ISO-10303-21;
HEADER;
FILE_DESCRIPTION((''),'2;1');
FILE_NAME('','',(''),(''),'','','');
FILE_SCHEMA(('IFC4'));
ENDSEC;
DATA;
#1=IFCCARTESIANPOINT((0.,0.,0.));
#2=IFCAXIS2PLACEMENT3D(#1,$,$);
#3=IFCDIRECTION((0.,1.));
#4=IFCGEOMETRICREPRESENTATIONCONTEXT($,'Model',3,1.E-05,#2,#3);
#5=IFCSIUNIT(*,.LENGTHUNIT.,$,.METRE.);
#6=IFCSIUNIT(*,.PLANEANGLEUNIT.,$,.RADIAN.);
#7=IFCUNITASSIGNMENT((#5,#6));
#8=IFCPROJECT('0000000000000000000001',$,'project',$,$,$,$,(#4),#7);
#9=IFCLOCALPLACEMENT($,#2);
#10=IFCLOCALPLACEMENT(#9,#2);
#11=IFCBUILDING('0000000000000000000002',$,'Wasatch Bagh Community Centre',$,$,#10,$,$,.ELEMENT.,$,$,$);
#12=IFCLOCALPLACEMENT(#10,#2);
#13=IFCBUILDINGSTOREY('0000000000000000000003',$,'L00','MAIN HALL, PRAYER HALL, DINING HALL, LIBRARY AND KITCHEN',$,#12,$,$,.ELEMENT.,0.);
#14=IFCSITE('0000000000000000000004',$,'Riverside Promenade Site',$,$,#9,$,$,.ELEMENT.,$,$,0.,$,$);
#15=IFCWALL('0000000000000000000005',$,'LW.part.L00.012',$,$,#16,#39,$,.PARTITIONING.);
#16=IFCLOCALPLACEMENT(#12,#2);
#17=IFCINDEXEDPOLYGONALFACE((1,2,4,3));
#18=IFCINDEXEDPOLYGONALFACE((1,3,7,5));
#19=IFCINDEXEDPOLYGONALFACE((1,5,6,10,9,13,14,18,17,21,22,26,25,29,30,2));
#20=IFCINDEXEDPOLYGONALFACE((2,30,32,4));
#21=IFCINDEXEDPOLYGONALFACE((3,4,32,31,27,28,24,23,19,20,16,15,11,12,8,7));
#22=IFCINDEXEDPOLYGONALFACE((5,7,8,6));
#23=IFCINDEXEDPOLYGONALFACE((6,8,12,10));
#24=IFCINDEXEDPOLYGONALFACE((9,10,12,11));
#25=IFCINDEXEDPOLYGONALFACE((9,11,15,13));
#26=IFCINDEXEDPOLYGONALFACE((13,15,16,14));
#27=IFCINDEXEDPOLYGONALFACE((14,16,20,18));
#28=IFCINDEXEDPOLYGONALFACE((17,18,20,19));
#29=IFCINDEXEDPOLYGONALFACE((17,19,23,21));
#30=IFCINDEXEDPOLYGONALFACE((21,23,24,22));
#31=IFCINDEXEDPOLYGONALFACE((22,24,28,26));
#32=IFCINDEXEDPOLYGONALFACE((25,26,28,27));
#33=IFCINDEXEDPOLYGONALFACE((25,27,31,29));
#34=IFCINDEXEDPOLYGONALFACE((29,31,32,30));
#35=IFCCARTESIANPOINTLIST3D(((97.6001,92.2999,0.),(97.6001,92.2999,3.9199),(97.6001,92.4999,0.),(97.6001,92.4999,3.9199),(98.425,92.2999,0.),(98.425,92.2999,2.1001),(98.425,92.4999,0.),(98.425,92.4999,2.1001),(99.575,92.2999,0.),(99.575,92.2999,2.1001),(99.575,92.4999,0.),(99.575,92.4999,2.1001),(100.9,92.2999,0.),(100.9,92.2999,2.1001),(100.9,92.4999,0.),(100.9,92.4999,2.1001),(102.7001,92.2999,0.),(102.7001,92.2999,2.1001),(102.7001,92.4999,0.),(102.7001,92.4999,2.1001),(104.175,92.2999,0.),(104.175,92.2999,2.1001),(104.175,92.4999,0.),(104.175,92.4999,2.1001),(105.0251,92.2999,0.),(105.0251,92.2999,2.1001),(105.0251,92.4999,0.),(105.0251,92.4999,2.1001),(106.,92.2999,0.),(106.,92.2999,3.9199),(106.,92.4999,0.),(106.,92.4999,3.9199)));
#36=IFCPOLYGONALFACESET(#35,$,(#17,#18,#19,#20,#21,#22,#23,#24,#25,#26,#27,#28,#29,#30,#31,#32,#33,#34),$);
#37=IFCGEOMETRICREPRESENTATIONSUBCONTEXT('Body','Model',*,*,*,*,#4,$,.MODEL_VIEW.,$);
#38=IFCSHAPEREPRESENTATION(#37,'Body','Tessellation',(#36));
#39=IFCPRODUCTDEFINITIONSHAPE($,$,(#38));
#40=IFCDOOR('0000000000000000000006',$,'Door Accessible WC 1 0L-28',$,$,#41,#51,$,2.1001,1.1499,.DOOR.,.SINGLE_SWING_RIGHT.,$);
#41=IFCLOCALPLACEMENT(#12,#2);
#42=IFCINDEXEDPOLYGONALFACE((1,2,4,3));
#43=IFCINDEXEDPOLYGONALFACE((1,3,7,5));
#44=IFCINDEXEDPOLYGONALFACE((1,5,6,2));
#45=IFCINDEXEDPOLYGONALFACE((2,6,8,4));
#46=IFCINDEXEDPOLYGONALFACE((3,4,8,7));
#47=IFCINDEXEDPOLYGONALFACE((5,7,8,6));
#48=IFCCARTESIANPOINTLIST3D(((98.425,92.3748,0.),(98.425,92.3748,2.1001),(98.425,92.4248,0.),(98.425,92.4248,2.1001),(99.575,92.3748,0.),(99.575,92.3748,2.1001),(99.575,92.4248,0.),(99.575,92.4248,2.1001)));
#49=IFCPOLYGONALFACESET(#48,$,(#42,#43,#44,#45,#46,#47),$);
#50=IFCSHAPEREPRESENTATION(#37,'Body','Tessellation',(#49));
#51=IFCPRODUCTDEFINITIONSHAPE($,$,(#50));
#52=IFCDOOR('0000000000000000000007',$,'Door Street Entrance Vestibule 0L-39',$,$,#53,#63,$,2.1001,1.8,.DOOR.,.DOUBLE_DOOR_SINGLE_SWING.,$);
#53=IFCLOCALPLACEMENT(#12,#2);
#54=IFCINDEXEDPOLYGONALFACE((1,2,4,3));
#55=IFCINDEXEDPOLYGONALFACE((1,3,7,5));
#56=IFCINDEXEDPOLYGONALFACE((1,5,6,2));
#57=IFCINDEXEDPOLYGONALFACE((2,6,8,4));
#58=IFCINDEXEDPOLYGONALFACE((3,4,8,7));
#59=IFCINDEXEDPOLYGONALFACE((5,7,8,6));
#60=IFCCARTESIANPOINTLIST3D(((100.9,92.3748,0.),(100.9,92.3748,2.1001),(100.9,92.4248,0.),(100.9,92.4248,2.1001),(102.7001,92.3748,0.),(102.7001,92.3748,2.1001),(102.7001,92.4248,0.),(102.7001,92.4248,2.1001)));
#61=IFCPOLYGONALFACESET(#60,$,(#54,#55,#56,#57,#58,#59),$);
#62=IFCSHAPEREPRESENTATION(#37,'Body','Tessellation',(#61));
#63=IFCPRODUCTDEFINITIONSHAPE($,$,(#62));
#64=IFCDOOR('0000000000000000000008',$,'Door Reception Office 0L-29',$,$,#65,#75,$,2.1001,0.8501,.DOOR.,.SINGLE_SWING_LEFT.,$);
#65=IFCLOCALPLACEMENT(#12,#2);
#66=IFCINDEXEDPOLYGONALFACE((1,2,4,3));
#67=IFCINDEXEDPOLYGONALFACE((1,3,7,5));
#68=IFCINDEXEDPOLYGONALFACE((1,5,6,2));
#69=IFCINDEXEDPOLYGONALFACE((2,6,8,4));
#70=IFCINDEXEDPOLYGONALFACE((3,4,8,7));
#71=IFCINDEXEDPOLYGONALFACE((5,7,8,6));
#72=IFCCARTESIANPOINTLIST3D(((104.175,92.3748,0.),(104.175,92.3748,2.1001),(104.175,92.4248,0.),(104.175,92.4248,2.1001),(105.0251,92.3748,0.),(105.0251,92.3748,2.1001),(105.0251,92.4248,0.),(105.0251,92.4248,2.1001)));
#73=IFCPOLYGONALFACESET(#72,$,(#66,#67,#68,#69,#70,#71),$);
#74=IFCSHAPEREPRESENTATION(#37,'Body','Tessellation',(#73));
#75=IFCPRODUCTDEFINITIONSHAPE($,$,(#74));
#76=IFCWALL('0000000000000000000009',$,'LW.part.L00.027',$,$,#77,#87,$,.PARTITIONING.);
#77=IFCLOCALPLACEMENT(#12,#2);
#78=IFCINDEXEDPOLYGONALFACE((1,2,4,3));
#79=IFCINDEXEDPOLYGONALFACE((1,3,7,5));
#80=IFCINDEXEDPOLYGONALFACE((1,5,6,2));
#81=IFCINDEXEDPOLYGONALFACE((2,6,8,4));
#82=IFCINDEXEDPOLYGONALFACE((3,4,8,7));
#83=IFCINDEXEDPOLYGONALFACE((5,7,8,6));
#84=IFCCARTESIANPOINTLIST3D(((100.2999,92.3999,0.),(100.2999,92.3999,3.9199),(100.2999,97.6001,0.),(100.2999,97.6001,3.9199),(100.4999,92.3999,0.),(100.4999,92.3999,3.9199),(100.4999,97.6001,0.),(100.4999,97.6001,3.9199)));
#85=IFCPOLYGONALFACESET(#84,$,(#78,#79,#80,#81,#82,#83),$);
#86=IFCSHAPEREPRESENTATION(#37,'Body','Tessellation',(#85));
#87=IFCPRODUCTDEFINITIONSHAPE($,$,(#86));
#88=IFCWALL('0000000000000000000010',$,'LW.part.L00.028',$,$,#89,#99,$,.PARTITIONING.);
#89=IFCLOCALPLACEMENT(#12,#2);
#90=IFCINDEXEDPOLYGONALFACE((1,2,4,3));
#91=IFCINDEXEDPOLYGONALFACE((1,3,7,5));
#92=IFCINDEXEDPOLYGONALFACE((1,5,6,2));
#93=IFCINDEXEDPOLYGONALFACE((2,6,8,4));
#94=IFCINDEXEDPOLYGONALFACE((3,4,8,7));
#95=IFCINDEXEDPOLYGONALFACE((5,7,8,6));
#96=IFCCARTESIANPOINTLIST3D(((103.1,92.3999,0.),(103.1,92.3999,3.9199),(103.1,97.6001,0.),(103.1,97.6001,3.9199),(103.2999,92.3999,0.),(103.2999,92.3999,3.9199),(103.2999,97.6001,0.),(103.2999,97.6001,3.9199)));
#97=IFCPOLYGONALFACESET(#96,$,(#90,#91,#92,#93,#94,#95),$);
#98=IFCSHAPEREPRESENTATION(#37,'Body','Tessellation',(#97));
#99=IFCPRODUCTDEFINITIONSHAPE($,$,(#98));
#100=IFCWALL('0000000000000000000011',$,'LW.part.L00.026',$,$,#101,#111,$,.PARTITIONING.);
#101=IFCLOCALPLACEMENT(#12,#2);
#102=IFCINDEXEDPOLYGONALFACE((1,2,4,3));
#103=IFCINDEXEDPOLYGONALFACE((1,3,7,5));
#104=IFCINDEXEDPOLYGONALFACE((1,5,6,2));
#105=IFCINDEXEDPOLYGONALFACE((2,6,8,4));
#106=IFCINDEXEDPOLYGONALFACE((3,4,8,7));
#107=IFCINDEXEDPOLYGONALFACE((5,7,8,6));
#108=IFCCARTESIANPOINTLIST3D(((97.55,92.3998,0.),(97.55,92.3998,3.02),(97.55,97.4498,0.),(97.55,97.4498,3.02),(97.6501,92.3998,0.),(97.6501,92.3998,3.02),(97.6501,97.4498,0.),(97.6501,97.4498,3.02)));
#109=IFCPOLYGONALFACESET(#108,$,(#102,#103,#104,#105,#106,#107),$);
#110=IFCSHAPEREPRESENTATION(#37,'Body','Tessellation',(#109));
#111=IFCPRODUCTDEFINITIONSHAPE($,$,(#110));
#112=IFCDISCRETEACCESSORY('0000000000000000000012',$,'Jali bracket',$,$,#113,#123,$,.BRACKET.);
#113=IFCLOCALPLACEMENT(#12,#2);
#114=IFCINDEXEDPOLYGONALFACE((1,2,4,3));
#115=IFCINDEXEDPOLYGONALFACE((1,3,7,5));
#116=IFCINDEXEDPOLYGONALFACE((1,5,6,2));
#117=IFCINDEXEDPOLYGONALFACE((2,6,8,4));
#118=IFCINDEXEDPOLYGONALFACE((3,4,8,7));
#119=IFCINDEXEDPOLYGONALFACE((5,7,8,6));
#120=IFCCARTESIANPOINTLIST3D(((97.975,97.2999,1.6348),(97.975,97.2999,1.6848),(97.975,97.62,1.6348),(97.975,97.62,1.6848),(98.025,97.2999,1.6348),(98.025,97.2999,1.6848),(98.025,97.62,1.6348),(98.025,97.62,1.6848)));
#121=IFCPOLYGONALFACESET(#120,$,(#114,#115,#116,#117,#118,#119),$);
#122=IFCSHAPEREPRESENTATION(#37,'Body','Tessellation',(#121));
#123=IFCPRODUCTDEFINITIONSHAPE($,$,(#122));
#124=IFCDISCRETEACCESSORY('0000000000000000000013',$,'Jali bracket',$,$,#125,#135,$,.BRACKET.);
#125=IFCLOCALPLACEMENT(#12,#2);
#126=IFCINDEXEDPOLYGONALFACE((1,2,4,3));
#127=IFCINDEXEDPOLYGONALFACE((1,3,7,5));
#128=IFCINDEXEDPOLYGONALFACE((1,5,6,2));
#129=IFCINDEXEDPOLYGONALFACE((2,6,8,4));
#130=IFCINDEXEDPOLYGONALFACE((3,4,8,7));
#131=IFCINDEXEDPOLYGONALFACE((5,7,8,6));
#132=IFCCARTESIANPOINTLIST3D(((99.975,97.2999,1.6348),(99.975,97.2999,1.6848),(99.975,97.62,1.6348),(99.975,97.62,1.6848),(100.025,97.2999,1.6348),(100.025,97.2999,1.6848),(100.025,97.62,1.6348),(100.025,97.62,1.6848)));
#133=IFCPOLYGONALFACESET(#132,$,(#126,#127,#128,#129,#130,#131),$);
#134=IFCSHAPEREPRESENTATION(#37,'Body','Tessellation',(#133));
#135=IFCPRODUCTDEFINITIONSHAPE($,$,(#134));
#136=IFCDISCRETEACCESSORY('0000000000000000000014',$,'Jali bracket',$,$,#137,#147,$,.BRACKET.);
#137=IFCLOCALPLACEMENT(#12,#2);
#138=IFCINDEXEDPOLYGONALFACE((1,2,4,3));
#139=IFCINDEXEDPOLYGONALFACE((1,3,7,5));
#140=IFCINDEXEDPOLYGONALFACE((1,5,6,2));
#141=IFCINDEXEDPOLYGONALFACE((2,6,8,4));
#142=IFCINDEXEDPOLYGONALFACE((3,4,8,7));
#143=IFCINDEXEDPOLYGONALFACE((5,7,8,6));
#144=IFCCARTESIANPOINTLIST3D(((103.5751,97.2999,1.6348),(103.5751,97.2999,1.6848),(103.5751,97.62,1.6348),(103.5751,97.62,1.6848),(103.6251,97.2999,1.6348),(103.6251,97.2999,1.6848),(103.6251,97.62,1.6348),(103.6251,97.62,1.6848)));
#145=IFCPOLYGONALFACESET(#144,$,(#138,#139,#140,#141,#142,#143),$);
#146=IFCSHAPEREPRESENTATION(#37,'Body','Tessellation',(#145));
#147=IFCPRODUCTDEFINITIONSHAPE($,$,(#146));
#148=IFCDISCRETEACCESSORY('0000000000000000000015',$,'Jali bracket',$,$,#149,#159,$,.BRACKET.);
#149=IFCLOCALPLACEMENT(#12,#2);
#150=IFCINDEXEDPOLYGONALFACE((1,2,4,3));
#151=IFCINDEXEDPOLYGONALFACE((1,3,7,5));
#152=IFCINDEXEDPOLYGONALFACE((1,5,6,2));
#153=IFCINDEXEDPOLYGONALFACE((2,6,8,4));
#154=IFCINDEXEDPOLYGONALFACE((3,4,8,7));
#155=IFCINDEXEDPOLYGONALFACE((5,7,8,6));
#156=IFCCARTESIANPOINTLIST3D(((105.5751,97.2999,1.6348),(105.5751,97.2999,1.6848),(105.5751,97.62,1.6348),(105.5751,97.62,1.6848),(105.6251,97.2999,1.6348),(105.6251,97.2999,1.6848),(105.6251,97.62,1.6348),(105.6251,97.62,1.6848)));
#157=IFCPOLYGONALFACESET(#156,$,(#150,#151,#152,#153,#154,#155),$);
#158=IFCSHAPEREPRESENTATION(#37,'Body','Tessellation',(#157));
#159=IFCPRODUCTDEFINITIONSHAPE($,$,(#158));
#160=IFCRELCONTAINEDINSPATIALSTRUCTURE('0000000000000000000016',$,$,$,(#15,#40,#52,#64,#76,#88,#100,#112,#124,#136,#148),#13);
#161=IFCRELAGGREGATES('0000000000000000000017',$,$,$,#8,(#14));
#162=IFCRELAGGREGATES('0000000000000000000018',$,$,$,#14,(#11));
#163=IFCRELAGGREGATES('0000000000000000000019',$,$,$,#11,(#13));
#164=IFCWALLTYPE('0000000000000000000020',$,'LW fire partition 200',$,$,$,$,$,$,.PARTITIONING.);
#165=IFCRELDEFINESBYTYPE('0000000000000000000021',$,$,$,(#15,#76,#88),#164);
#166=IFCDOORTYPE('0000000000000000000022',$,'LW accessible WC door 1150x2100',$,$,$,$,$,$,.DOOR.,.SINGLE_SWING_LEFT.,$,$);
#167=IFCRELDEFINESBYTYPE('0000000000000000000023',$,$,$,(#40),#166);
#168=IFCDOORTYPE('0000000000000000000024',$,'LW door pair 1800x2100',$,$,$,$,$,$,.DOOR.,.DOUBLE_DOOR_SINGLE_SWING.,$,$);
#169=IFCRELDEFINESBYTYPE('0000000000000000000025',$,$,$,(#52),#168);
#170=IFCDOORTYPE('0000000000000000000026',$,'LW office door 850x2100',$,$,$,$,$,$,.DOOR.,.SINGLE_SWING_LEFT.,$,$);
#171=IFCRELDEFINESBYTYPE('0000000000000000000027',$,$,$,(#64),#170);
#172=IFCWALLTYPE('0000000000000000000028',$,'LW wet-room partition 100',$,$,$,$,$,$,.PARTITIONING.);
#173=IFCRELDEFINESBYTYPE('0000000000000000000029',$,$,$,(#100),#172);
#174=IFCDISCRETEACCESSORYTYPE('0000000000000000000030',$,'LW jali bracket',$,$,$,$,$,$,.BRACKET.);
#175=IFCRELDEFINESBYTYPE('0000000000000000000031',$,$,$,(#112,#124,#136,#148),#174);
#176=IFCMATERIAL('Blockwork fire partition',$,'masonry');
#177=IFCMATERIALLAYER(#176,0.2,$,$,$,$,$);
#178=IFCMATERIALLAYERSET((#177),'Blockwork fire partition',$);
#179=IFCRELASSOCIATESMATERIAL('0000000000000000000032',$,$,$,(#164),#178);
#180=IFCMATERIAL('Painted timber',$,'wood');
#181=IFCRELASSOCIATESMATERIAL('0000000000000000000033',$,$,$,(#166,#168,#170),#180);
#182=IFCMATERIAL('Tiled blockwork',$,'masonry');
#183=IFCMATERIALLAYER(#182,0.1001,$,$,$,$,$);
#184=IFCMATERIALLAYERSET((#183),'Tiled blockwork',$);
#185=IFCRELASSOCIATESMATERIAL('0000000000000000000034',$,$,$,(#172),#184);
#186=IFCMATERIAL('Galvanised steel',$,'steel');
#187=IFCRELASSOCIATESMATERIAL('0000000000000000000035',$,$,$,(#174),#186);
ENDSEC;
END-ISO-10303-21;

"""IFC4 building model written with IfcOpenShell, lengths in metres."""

from ifc_helpers import new_model, si_unit, direction, frame, frame_2d, origin, origin_2d, place, context, subcontext, project, spatial, rectangle, extrude, material, layer, layer_set, type_object, element, fill, save


model = new_model("IFC4")

# Units and contexts
model_context = context("Model", 3, precision=1e-05, world=origin(), true_north=direction((0.0, 1.0)))
body_context = subcontext(model_context, "Body", "Model", "MODEL_VIEW")
ifc_project = project(units=[si_unit("LENGTHUNIT", "METRE"), si_unit("PLANEANGLEUNIT", "RADIAN")], contexts=[model_context])

# Site, building, storey
site_placement = place(None, origin())
site = spatial("IfcSite", under=ifc_project, at=site_placement, Name="Riverside Promenade Site", CompositionType="ELEMENT", RefElevation=0.0)
building_placement = place(site_placement, origin())
building = spatial("IfcBuilding", under=site, at=building_placement, Name="Wasatch Bagh Community Centre", CompositionType="ELEMENT")
storey_placement = place(building_placement, origin())
storey = spatial("IfcBuildingStorey", under=building, at=storey_placement, Name="L00", Description="MAIN HALL, PRAYER HALL, DINING HALL, LIBRARY AND KITCHEN", CompositionType="ELEMENT", Elevation=0.0)

# Wall, openings, doors
ifc_material_1 = material(Name="Blockwork fire partition", Category="masonry")
ifc_layer_1 = layer(ifc_material_1, 0.2)
ifc_layer_set_1 = layer_set([ifc_layer_1], Name="Blockwork fire partition")
wall_type_1 = type_object("IfcWallType", Name="LW fire partition 200", PredefinedType="PARTITIONING", material=ifc_layer_set_1)
wall_1_placement = place(storey_placement, frame((97.6001, 92.3999, 0.0), z_axis=(0.0, 0.0, 1.0), x_axis=(1.0, 0.0, 0.0)))
wall_1 = element("IfcWall", 1, at=wall_1_placement, inside=storey, type_object=wall_type_1, Name="LW.part.L00.012", PredefinedType="PARTITIONING", context=body_context, shape_type="SweptSolid", body=[
    extrude(rectangle(XDim=8.3999, YDim=0.2, at=frame_2d((4.2, 0.0))), origin(), (0.0, 0.0, 1.0), 3.9199),
])
opening_1_placement = place(wall_1_placement, frame((0.825, 0.0, 0.0)))
opening_1 = element("IfcOpeningElement", 2, at=opening_1_placement, cuts=wall_1, PredefinedType="OPENING", context=body_context, shape_type="SweptSolid", body=[
    extrude(rectangle(XDim=1.1499, YDim=2.1001, at=frame_2d((0.575, 1.05))), frame((0.0, 0.1099, 0.0), z_axis=(0.0, -1.0, 0.0), x_axis=(1.0, 0.0, 0.0)), (0.0, 0.0, 1.0), 0.22),
])
opening_2_placement = place(wall_1_placement, frame((6.575, 0.0, 0.0)))
opening_2 = element("IfcOpeningElement", 3, at=opening_2_placement, cuts=wall_1, PredefinedType="OPENING", context=body_context, shape_type="SweptSolid", body=[
    extrude(rectangle(XDim=0.8501, YDim=2.1001, at=frame_2d((0.425, 1.05))), frame((0.0, 0.1099, 0.0), z_axis=(0.0, -1.0, 0.0), x_axis=(1.0, 0.0, 0.0)), (0.0, 0.0, 1.0), 0.22),
])
opening_3_placement = place(wall_1_placement, frame((3.3, 0.0, 0.0)))
opening_3 = element("IfcOpeningElement", 4, at=opening_3_placement, cuts=wall_1, PredefinedType="OPENING", context=body_context, shape_type="SweptSolid", body=[
    extrude(rectangle(XDim=1.8, YDim=2.1001, at=frame_2d((0.8999, 1.05))), frame((0.0, 0.1099, 0.0), z_axis=(0.0, -1.0, 0.0), x_axis=(1.0, 0.0, 0.0)), (0.0, 0.0, 1.0), 0.22),
])
ifc_material_2 = material(Name="Painted timber", Category="wood")
door_type_1 = type_object("IfcDoorType", Name="LW accessible WC door 1150x2100", OperationType="SINGLE_SWING_LEFT", PredefinedType="DOOR", material=ifc_material_2)
door_1_placement = place(opening_1_placement, origin())
door_1 = element("IfcDoor", 5, at=door_1_placement, inside=storey, type_object=door_type_1, Name="Door Accessible WC 1 0L-28", OperationType="SINGLE_SWING_RIGHT", OverallHeight=2.1001, OverallWidth=1.1499, PredefinedType="DOOR", context=body_context, shape_type="SweptSolid", body=[
    extrude(rectangle(XDim=1.1499, YDim=2.1001, at=frame_2d((0.575, 1.05))), frame((0.0, 0.0249, 0.0), z_axis=(0.0, -1.0, 0.0), x_axis=(1.0, 0.0, 0.0)), (0.0, 0.0, 1.0), 0.05),
])
fill(opening_1, door_1)
door_type_2 = type_object("IfcDoorType", Name="LW door pair 1800x2100", OperationType="DOUBLE_DOOR_SINGLE_SWING", PredefinedType="DOOR", material=ifc_material_2)
door_2_placement = place(opening_3_placement, origin())
door_2 = element("IfcDoor", 6, at=door_2_placement, inside=storey, type_object=door_type_2, Name="Door Street Entrance Vestibule 0L-39", OperationType="DOUBLE_DOOR_SINGLE_SWING", OverallHeight=2.1001, OverallWidth=1.8, PredefinedType="DOOR", context=body_context, shape_type="SweptSolid", body=[
    extrude(rectangle(XDim=1.8, YDim=2.1001, at=frame_2d((0.8999, 1.05))), frame((0.0, 0.0249, 0.0), z_axis=(0.0, -1.0, 0.0), x_axis=(1.0, 0.0, 0.0)), (0.0, 0.0, 1.0), 0.05),
])
fill(opening_3, door_2)
door_type_3 = type_object("IfcDoorType", Name="LW office door 850x2100", OperationType="SINGLE_SWING_LEFT", PredefinedType="DOOR", material=ifc_material_2)
door_3_placement = place(opening_2_placement, origin())
door_3 = element("IfcDoor", 7, at=door_3_placement, inside=storey, type_object=door_type_3, Name="Door Reception Office 0L-29", OperationType="SINGLE_SWING_LEFT", OverallHeight=2.1001, OverallWidth=0.8501, PredefinedType="DOOR", context=body_context, shape_type="SweptSolid", body=[
    extrude(rectangle(XDim=0.8501, YDim=2.1001, at=frame_2d((0.425, 1.05))), frame((0.0, 0.0249, 0.0), z_axis=(0.0, -1.0, 0.0), x_axis=(1.0, 0.0, 0.0)), (0.0, 0.0, 1.0), 0.05),
])
fill(opening_2, door_3)

# Walls
for number, where, z_axis, x_axis, name in (
    (8, (100.3999, 92.3999, 0.0), (0.0, 0.0, 1.0), (0.0, 1.0, 0.0), "LW.part.L00.027"),
    (9, (103.2, 92.3999, 0.0), (0.0, 0.0, 1.0), (0.0, 1.0, 0.0), "LW.part.L00.028"),
):
    element("IfcWall", number, at=place(storey_placement, frame(where, z_axis=z_axis, x_axis=x_axis)), inside=storey, type_object=wall_type_1, Name=name, PredefinedType="PARTITIONING", context=body_context, shape_type="SweptSolid", body=[
        extrude(rectangle(XDim=5.2002, YDim=0.2, at=frame_2d((2.6001, 0.0))), origin(), (0.0, 0.0, 1.0), 3.9199),
    ])
ifc_material_3 = material(Name="Tiled blockwork", Category="masonry")
ifc_layer_2 = layer(ifc_material_3, 0.1001)
ifc_layer_set_2 = layer_set([ifc_layer_2], Name="Tiled blockwork")
wall_type_2 = type_object("IfcWallType", Name="LW wet-room partition 100", PredefinedType="PARTITIONING", material=ifc_layer_set_2)
wall_2_placement = place(storey_placement, frame((97.6001, 92.3999, 0.0), z_axis=(0.0, 0.0, 1.0), x_axis=(0.0, 1.0, 0.0)))
element("IfcWall", 10, at=wall_2_placement, inside=storey, type_object=wall_type_2, Name="LW.part.L00.026", PredefinedType="PARTITIONING", context=body_context, shape_type="SweptSolid", body=[
    extrude(rectangle(XDim=5.05, YDim=0.1001, at=frame_2d((2.5249, 0.0))), origin(), (0.0, 0.0, 1.0), 3.02),
])

# Discrete accessories
ifc_material_4 = material(Name="Galvanised steel", Category="steel")
discrete_accessory_type = type_object("IfcDiscreteAccessoryType", Name="LW jali bracket", PredefinedType="BRACKET", material=ifc_material_4)
for number, where, z_axis, x_axis, name in (
    (11, (98.0, 97.46, 1.6348), (0.0, 0.0, 1.0), (1.0, 0.0, 0.0), "Jali bracket"),
    (12, (100.0, 97.46, 1.6348), (0.0, 0.0, 1.0), (1.0, 0.0, 0.0), "Jali bracket"),
    (13, (103.6001, 97.46, 1.6348), (0.0, 0.0, 1.0), (1.0, 0.0, 0.0), "Jali bracket"),
    (14, (105.6001, 97.46, 1.6348), (0.0, 0.0, 1.0), (1.0, 0.0, 0.0), "Jali bracket"),
):
    element("IfcDiscreteAccessory", number, at=place(storey_placement, frame(where, z_axis=z_axis, x_axis=x_axis)), inside=storey, type_object=discrete_accessory_type, Name=name, PredefinedType="BRACKET", context=body_context, shape_type="SweptSolid", body=[
        extrude(rectangle(XDim=0.05, YDim=0.3201, at=origin_2d()), origin(), (0.0, 0.0, 1.0), 0.05),
    ])

save(model, "model.ifc")
